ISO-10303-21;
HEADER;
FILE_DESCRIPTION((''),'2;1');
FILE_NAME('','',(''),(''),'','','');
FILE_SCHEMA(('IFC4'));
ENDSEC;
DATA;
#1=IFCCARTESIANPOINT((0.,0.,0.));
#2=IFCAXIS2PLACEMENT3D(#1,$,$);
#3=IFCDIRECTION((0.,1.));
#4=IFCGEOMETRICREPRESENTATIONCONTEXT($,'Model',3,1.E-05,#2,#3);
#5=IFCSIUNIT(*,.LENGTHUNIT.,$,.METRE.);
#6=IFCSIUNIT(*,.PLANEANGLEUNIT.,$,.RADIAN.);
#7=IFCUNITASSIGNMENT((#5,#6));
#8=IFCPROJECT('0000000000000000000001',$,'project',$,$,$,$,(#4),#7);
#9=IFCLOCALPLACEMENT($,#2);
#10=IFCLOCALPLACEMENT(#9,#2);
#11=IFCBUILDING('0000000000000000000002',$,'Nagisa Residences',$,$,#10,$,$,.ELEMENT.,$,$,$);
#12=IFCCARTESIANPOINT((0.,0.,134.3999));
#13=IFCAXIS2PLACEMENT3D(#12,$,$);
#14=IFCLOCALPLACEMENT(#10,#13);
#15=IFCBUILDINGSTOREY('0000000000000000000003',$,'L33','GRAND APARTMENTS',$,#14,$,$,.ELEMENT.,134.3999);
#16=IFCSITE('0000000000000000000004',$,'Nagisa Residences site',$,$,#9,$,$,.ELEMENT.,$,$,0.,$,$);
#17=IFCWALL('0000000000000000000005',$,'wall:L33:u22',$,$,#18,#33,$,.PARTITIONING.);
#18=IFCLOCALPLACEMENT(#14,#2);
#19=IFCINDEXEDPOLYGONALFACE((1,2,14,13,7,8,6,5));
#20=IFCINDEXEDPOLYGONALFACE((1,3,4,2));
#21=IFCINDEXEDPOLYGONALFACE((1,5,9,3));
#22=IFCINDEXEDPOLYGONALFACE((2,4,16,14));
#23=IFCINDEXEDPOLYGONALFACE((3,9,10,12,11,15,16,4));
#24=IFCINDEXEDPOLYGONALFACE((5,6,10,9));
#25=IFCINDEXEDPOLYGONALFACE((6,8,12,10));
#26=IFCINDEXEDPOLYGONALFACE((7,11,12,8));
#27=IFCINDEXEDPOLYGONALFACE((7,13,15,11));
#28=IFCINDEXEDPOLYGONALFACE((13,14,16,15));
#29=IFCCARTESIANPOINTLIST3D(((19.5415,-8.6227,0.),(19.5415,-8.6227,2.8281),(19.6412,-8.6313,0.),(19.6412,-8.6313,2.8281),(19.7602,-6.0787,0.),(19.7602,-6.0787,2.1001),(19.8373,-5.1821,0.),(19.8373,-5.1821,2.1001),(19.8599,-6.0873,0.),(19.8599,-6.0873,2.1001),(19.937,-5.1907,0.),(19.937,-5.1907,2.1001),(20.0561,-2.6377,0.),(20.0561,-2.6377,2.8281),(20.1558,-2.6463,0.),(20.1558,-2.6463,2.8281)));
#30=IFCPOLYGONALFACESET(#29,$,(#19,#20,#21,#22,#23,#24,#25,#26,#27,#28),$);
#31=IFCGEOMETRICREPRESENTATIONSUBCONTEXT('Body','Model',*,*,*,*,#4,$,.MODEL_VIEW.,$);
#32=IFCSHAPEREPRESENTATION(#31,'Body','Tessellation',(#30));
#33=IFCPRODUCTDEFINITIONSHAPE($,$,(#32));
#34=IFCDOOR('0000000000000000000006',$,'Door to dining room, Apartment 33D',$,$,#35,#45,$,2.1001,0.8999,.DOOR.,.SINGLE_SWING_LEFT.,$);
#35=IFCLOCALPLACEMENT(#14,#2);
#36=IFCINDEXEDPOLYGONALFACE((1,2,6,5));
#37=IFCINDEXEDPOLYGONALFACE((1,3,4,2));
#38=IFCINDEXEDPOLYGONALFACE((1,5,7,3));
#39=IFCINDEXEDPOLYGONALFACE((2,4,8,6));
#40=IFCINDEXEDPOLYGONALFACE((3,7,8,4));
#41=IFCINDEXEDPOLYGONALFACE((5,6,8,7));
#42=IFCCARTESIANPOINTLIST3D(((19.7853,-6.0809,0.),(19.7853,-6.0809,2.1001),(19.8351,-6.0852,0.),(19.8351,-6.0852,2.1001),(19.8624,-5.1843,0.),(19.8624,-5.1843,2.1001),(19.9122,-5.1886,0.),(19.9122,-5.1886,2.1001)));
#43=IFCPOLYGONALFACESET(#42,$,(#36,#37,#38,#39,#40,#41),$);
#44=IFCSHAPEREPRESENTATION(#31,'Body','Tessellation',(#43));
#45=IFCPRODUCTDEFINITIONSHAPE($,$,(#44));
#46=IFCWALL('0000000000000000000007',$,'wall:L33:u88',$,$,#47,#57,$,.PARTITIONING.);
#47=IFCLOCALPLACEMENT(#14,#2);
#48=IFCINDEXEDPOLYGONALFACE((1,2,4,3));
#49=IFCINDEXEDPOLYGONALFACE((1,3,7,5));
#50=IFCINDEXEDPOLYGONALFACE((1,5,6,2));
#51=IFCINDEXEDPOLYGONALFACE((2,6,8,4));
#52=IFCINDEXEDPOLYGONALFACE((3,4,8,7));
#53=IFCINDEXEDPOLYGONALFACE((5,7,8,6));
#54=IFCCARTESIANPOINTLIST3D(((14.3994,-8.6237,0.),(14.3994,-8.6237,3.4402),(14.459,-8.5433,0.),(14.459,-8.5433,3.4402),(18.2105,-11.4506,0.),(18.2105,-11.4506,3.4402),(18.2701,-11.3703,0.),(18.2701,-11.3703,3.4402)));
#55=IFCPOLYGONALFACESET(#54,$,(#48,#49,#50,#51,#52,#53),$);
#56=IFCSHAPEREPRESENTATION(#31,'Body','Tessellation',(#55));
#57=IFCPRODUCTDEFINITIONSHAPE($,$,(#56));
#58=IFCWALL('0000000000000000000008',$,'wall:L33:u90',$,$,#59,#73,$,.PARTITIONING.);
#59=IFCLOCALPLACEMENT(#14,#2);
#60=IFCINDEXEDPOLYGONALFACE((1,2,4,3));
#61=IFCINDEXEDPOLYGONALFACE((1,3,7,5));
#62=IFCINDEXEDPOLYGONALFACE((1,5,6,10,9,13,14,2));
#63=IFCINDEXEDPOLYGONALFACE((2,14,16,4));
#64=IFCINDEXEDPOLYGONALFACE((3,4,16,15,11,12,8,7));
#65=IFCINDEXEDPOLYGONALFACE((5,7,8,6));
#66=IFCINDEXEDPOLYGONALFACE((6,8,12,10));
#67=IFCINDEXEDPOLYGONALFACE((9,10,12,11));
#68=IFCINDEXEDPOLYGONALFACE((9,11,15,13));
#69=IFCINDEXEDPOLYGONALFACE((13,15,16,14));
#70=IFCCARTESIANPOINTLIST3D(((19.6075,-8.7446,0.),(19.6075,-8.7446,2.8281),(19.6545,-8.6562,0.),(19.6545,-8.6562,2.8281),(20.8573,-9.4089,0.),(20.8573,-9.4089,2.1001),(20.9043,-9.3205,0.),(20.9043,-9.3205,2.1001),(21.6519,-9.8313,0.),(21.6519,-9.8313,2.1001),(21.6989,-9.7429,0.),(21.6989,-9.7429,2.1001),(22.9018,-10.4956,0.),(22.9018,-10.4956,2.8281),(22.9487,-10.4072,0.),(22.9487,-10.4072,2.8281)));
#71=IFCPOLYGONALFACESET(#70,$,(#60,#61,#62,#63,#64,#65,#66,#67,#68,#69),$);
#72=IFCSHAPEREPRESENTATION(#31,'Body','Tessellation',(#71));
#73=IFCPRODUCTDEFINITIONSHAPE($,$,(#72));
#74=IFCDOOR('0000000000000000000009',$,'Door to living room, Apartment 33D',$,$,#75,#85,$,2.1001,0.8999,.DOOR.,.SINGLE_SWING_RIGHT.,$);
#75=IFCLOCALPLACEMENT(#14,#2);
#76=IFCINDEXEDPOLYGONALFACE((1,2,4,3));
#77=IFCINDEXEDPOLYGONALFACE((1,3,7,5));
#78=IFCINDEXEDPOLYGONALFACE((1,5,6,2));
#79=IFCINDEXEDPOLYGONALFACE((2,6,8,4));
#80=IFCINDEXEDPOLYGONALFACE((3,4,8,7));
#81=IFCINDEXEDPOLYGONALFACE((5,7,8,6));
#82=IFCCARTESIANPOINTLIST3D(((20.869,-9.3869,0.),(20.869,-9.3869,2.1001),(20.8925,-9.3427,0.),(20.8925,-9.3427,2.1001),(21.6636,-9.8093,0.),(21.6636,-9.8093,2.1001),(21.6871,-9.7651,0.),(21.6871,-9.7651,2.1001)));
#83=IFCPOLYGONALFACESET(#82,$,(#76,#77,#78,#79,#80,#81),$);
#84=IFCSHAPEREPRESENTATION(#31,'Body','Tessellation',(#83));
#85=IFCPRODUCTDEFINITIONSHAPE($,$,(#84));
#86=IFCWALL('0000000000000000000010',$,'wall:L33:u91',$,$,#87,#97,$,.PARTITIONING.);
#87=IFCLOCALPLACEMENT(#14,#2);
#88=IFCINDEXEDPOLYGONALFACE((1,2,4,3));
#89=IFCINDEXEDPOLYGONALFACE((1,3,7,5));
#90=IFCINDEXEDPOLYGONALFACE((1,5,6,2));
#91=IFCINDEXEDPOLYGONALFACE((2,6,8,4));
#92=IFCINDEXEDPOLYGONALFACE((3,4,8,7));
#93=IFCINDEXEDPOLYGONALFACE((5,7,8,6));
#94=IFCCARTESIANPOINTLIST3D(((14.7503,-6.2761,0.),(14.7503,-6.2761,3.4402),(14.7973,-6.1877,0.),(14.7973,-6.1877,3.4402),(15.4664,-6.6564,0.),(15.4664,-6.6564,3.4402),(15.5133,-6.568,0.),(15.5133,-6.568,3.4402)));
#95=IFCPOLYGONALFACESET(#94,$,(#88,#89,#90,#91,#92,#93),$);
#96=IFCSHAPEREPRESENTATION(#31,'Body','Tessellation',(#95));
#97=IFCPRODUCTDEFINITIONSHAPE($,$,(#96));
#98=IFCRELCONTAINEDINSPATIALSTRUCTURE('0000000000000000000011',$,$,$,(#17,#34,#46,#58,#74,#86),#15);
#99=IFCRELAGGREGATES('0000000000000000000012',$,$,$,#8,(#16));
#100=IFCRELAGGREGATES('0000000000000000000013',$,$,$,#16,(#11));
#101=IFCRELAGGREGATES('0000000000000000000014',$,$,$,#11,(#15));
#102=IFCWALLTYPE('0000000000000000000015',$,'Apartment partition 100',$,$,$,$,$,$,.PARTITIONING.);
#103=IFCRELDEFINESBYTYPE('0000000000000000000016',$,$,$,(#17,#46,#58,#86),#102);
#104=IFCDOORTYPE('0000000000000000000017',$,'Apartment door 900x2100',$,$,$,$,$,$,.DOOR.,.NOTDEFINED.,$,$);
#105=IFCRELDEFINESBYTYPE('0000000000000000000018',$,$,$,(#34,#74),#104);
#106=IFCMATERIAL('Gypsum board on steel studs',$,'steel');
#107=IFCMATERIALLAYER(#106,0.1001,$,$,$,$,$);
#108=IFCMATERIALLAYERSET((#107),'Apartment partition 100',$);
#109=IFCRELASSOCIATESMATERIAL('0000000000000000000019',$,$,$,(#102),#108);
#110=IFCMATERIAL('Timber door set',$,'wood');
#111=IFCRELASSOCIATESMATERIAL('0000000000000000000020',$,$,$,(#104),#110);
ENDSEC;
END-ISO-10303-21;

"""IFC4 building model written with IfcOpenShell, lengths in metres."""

from ifc_helpers import new_model, si_unit, direction, frame, frame_2d, origin, place, context, subcontext, project, spatial, rectangle, extrude, material, layer, layer_set, type_object, element, fill, save


model = new_model("IFC4")

# Units and contexts
model_context = context("Model", 3, precision=1e-05, world=origin(), true_north=direction((0.0, 1.0)))
body_context = subcontext(model_context, "Body", "Model", "MODEL_VIEW")
ifc_project = project(units=[si_unit("LENGTHUNIT", "METRE"), si_unit("PLANEANGLEUNIT", "RADIAN")], contexts=[model_context])

# Site, building, storey
site_placement = place(None, origin())
site = spatial("IfcSite", under=ifc_project, at=site_placement, Name="Nagisa Residences site", CompositionType="ELEMENT", RefElevation=0.0)
building_placement = place(site_placement, origin())
building = spatial("IfcBuilding", under=site, at=building_placement, Name="Nagisa Residences", CompositionType="ELEMENT")
storey_placement = place(building_placement, frame((0.0, 0.0, 134.3999)))
storey = spatial("IfcBuildingStorey", under=building, at=storey_placement, Name="L33", Description="GRAND APARTMENTS", CompositionType="ELEMENT", Elevation=134.3999)

# Shared definitions
ifc_material_1 = material(Name="Gypsum board on steel studs", Category="steel")
ifc_layer_1 = layer(ifc_material_1, 0.1001)
ifc_layer_set_1 = layer_set([ifc_layer_1], Name="Apartment partition 100")
wall_type_1 = type_object("IfcWallType", Name="Apartment partition 100", PredefinedType="PARTITIONING", material=ifc_layer_set_1)
ifc_material_2 = material(Name="Timber door set", Category="wood")
door_type_1 = type_object("IfcDoorType", Name="Apartment door 900x2100", OperationType="NOTDEFINED", PredefinedType="DOOR", material=ifc_material_2)

# Wall, opening, door
wall_1_placement = place(storey_placement, frame((20.106, -2.6421, 0.0), z_axis=(0.0, 0.0, 1.0), x_axis=(-0.085672, -0.996323, 0.0)))
wall_1 = element("IfcWall", 1, at=wall_1_placement, inside=storey, type_object=wall_type_1, Name="wall:L33:u22", PredefinedType="PARTITIONING", context=body_context, shape_type="SweptSolid", body=[
    extrude(rectangle(XDim=6.0071, YDim=0.1001, at=frame_2d((3.0034, 0.0))), origin(), (0.0, 0.0, 1.0), 2.8281),
])
opening_1_placement = place(wall_1_placement, frame((2.5537, 0.0, 0.0)))
opening_1 = element("IfcOpeningElement", 2, at=opening_1_placement, cuts=wall_1, PredefinedType="OPENING", context=body_context, shape_type="SweptSolid", body=[
    extrude(rectangle(XDim=0.8999, YDim=2.1001, at=frame_2d((0.45, 1.05))), frame((0.0, 0.0601, 0.0), z_axis=(0.0, -1.0, 0.0), x_axis=(1.0, 0.0, 0.0)), (0.0, 0.0, 1.0), 0.1201),
])
door_1_placement = place(opening_1_placement, frame((0.8999, 0.0, 0.0), x_axis=(-1.0, 0.0, 0.0)))
door_1 = element("IfcDoor", 3, at=door_1_placement, inside=storey, type_object=door_type_1, Name="Door to dining room, Apartment 33D", OperationType="SINGLE_SWING_LEFT", OverallHeight=2.1001, OverallWidth=0.8999, PredefinedType="DOOR", context=body_context, shape_type="SweptSolid", body=[
    extrude(rectangle(XDim=0.8999, YDim=2.1001, at=frame_2d((0.45, 1.05))), frame((0.0, 0.0249, 0.0), z_axis=(0.0, -1.0, 0.0), x_axis=(1.0, 0.0, 0.0)), (0.0, 0.0, 1.0), 0.05),
])
fill(opening_1, door_1)

# Wall
wall_2_placement = place(storey_placement, frame((14.4292, -8.5835, 0.0), z_axis=(0.0, 0.0, 1.0), x_axis=(0.803162, -0.59576, 0.0)))
element("IfcWall", 4, at=wall_2_placement, inside=storey, type_object=wall_type_1, Name="wall:L33:u88", PredefinedType="PARTITIONING", context=body_context, shape_type="SweptSolid", body=[
    extrude(rectangle(XDim=4.7451, YDim=0.1001, at=frame_2d((2.3726, 0.0))), origin(), (0.0, 0.0, 1.0), 3.4402),
])

# Wall, opening, door
wall_3_placement = place(storey_placement, frame((19.6311, -8.7004, 0.0), z_axis=(0.0, 0.0, 1.0), x_axis=(0.883011, -0.469351, 0.0)))
wall_3 = element("IfcWall", 5, at=wall_3_placement, inside=storey, type_object=wall_type_1, Name="wall:L33:u90", PredefinedType="PARTITIONING", context=body_context, shape_type="SweptSolid", body=[
    extrude(rectangle(XDim=3.7307, YDim=0.1001, at=frame_2d((1.8652, 0.0))), origin(), (0.0, 0.0, 1.0), 2.8281),
])
opening_2_placement = place(wall_3_placement, frame((1.4153, 0.0, 0.0)))
opening_2 = element("IfcOpeningElement", 6, at=opening_2_placement, cuts=wall_3, PredefinedType="OPENING", context=body_context, shape_type="SweptSolid", body=[
    extrude(rectangle(XDim=0.8999, YDim=2.1001, at=frame_2d((0.45, 1.05))), frame((0.0, 0.0601, 0.0), z_axis=(0.0, -1.0, 0.0), x_axis=(1.0, 0.0, 0.0)), (0.0, 0.0, 1.0), 0.1201),
])
door_2_placement = place(opening_2_placement, origin())
door_2 = element("IfcDoor", 7, at=door_2_placement, inside=storey, type_object=door_type_1, Name="Door to living room, Apartment 33D", OperationType="SINGLE_SWING_RIGHT", OverallHeight=2.1001, OverallWidth=0.8999, PredefinedType="DOOR", context=body_context, shape_type="SweptSolid", body=[
    extrude(rectangle(XDim=0.8999, YDim=2.1001, at=frame_2d((0.45, 1.05))), frame((0.0, 0.0249, 0.0), z_axis=(0.0, -1.0, 0.0), x_axis=(1.0, 0.0, 0.0)), (0.0, 0.0, 1.0), 0.05),
])
fill(opening_2, door_2)

# Wall
wall_4_placement = place(storey_placement, frame((14.7739, -6.2319, 0.0), z_axis=(0.0, 0.0, 1.0), x_axis=(0.883135, -0.469119, 0.0)))
element("IfcWall", 8, at=wall_4_placement, inside=storey, type_object=wall_type_1, Name="wall:L33:u91", PredefinedType="PARTITIONING", context=body_context, shape_type="SweptSolid", body=[
    extrude(rectangle(XDim=0.8108, YDim=0.1001, at=frame_2d((0.4053, 0.0))), origin(), (0.0, 0.0, 1.0), 3.4402),
])

save(model, "model.ifc")
